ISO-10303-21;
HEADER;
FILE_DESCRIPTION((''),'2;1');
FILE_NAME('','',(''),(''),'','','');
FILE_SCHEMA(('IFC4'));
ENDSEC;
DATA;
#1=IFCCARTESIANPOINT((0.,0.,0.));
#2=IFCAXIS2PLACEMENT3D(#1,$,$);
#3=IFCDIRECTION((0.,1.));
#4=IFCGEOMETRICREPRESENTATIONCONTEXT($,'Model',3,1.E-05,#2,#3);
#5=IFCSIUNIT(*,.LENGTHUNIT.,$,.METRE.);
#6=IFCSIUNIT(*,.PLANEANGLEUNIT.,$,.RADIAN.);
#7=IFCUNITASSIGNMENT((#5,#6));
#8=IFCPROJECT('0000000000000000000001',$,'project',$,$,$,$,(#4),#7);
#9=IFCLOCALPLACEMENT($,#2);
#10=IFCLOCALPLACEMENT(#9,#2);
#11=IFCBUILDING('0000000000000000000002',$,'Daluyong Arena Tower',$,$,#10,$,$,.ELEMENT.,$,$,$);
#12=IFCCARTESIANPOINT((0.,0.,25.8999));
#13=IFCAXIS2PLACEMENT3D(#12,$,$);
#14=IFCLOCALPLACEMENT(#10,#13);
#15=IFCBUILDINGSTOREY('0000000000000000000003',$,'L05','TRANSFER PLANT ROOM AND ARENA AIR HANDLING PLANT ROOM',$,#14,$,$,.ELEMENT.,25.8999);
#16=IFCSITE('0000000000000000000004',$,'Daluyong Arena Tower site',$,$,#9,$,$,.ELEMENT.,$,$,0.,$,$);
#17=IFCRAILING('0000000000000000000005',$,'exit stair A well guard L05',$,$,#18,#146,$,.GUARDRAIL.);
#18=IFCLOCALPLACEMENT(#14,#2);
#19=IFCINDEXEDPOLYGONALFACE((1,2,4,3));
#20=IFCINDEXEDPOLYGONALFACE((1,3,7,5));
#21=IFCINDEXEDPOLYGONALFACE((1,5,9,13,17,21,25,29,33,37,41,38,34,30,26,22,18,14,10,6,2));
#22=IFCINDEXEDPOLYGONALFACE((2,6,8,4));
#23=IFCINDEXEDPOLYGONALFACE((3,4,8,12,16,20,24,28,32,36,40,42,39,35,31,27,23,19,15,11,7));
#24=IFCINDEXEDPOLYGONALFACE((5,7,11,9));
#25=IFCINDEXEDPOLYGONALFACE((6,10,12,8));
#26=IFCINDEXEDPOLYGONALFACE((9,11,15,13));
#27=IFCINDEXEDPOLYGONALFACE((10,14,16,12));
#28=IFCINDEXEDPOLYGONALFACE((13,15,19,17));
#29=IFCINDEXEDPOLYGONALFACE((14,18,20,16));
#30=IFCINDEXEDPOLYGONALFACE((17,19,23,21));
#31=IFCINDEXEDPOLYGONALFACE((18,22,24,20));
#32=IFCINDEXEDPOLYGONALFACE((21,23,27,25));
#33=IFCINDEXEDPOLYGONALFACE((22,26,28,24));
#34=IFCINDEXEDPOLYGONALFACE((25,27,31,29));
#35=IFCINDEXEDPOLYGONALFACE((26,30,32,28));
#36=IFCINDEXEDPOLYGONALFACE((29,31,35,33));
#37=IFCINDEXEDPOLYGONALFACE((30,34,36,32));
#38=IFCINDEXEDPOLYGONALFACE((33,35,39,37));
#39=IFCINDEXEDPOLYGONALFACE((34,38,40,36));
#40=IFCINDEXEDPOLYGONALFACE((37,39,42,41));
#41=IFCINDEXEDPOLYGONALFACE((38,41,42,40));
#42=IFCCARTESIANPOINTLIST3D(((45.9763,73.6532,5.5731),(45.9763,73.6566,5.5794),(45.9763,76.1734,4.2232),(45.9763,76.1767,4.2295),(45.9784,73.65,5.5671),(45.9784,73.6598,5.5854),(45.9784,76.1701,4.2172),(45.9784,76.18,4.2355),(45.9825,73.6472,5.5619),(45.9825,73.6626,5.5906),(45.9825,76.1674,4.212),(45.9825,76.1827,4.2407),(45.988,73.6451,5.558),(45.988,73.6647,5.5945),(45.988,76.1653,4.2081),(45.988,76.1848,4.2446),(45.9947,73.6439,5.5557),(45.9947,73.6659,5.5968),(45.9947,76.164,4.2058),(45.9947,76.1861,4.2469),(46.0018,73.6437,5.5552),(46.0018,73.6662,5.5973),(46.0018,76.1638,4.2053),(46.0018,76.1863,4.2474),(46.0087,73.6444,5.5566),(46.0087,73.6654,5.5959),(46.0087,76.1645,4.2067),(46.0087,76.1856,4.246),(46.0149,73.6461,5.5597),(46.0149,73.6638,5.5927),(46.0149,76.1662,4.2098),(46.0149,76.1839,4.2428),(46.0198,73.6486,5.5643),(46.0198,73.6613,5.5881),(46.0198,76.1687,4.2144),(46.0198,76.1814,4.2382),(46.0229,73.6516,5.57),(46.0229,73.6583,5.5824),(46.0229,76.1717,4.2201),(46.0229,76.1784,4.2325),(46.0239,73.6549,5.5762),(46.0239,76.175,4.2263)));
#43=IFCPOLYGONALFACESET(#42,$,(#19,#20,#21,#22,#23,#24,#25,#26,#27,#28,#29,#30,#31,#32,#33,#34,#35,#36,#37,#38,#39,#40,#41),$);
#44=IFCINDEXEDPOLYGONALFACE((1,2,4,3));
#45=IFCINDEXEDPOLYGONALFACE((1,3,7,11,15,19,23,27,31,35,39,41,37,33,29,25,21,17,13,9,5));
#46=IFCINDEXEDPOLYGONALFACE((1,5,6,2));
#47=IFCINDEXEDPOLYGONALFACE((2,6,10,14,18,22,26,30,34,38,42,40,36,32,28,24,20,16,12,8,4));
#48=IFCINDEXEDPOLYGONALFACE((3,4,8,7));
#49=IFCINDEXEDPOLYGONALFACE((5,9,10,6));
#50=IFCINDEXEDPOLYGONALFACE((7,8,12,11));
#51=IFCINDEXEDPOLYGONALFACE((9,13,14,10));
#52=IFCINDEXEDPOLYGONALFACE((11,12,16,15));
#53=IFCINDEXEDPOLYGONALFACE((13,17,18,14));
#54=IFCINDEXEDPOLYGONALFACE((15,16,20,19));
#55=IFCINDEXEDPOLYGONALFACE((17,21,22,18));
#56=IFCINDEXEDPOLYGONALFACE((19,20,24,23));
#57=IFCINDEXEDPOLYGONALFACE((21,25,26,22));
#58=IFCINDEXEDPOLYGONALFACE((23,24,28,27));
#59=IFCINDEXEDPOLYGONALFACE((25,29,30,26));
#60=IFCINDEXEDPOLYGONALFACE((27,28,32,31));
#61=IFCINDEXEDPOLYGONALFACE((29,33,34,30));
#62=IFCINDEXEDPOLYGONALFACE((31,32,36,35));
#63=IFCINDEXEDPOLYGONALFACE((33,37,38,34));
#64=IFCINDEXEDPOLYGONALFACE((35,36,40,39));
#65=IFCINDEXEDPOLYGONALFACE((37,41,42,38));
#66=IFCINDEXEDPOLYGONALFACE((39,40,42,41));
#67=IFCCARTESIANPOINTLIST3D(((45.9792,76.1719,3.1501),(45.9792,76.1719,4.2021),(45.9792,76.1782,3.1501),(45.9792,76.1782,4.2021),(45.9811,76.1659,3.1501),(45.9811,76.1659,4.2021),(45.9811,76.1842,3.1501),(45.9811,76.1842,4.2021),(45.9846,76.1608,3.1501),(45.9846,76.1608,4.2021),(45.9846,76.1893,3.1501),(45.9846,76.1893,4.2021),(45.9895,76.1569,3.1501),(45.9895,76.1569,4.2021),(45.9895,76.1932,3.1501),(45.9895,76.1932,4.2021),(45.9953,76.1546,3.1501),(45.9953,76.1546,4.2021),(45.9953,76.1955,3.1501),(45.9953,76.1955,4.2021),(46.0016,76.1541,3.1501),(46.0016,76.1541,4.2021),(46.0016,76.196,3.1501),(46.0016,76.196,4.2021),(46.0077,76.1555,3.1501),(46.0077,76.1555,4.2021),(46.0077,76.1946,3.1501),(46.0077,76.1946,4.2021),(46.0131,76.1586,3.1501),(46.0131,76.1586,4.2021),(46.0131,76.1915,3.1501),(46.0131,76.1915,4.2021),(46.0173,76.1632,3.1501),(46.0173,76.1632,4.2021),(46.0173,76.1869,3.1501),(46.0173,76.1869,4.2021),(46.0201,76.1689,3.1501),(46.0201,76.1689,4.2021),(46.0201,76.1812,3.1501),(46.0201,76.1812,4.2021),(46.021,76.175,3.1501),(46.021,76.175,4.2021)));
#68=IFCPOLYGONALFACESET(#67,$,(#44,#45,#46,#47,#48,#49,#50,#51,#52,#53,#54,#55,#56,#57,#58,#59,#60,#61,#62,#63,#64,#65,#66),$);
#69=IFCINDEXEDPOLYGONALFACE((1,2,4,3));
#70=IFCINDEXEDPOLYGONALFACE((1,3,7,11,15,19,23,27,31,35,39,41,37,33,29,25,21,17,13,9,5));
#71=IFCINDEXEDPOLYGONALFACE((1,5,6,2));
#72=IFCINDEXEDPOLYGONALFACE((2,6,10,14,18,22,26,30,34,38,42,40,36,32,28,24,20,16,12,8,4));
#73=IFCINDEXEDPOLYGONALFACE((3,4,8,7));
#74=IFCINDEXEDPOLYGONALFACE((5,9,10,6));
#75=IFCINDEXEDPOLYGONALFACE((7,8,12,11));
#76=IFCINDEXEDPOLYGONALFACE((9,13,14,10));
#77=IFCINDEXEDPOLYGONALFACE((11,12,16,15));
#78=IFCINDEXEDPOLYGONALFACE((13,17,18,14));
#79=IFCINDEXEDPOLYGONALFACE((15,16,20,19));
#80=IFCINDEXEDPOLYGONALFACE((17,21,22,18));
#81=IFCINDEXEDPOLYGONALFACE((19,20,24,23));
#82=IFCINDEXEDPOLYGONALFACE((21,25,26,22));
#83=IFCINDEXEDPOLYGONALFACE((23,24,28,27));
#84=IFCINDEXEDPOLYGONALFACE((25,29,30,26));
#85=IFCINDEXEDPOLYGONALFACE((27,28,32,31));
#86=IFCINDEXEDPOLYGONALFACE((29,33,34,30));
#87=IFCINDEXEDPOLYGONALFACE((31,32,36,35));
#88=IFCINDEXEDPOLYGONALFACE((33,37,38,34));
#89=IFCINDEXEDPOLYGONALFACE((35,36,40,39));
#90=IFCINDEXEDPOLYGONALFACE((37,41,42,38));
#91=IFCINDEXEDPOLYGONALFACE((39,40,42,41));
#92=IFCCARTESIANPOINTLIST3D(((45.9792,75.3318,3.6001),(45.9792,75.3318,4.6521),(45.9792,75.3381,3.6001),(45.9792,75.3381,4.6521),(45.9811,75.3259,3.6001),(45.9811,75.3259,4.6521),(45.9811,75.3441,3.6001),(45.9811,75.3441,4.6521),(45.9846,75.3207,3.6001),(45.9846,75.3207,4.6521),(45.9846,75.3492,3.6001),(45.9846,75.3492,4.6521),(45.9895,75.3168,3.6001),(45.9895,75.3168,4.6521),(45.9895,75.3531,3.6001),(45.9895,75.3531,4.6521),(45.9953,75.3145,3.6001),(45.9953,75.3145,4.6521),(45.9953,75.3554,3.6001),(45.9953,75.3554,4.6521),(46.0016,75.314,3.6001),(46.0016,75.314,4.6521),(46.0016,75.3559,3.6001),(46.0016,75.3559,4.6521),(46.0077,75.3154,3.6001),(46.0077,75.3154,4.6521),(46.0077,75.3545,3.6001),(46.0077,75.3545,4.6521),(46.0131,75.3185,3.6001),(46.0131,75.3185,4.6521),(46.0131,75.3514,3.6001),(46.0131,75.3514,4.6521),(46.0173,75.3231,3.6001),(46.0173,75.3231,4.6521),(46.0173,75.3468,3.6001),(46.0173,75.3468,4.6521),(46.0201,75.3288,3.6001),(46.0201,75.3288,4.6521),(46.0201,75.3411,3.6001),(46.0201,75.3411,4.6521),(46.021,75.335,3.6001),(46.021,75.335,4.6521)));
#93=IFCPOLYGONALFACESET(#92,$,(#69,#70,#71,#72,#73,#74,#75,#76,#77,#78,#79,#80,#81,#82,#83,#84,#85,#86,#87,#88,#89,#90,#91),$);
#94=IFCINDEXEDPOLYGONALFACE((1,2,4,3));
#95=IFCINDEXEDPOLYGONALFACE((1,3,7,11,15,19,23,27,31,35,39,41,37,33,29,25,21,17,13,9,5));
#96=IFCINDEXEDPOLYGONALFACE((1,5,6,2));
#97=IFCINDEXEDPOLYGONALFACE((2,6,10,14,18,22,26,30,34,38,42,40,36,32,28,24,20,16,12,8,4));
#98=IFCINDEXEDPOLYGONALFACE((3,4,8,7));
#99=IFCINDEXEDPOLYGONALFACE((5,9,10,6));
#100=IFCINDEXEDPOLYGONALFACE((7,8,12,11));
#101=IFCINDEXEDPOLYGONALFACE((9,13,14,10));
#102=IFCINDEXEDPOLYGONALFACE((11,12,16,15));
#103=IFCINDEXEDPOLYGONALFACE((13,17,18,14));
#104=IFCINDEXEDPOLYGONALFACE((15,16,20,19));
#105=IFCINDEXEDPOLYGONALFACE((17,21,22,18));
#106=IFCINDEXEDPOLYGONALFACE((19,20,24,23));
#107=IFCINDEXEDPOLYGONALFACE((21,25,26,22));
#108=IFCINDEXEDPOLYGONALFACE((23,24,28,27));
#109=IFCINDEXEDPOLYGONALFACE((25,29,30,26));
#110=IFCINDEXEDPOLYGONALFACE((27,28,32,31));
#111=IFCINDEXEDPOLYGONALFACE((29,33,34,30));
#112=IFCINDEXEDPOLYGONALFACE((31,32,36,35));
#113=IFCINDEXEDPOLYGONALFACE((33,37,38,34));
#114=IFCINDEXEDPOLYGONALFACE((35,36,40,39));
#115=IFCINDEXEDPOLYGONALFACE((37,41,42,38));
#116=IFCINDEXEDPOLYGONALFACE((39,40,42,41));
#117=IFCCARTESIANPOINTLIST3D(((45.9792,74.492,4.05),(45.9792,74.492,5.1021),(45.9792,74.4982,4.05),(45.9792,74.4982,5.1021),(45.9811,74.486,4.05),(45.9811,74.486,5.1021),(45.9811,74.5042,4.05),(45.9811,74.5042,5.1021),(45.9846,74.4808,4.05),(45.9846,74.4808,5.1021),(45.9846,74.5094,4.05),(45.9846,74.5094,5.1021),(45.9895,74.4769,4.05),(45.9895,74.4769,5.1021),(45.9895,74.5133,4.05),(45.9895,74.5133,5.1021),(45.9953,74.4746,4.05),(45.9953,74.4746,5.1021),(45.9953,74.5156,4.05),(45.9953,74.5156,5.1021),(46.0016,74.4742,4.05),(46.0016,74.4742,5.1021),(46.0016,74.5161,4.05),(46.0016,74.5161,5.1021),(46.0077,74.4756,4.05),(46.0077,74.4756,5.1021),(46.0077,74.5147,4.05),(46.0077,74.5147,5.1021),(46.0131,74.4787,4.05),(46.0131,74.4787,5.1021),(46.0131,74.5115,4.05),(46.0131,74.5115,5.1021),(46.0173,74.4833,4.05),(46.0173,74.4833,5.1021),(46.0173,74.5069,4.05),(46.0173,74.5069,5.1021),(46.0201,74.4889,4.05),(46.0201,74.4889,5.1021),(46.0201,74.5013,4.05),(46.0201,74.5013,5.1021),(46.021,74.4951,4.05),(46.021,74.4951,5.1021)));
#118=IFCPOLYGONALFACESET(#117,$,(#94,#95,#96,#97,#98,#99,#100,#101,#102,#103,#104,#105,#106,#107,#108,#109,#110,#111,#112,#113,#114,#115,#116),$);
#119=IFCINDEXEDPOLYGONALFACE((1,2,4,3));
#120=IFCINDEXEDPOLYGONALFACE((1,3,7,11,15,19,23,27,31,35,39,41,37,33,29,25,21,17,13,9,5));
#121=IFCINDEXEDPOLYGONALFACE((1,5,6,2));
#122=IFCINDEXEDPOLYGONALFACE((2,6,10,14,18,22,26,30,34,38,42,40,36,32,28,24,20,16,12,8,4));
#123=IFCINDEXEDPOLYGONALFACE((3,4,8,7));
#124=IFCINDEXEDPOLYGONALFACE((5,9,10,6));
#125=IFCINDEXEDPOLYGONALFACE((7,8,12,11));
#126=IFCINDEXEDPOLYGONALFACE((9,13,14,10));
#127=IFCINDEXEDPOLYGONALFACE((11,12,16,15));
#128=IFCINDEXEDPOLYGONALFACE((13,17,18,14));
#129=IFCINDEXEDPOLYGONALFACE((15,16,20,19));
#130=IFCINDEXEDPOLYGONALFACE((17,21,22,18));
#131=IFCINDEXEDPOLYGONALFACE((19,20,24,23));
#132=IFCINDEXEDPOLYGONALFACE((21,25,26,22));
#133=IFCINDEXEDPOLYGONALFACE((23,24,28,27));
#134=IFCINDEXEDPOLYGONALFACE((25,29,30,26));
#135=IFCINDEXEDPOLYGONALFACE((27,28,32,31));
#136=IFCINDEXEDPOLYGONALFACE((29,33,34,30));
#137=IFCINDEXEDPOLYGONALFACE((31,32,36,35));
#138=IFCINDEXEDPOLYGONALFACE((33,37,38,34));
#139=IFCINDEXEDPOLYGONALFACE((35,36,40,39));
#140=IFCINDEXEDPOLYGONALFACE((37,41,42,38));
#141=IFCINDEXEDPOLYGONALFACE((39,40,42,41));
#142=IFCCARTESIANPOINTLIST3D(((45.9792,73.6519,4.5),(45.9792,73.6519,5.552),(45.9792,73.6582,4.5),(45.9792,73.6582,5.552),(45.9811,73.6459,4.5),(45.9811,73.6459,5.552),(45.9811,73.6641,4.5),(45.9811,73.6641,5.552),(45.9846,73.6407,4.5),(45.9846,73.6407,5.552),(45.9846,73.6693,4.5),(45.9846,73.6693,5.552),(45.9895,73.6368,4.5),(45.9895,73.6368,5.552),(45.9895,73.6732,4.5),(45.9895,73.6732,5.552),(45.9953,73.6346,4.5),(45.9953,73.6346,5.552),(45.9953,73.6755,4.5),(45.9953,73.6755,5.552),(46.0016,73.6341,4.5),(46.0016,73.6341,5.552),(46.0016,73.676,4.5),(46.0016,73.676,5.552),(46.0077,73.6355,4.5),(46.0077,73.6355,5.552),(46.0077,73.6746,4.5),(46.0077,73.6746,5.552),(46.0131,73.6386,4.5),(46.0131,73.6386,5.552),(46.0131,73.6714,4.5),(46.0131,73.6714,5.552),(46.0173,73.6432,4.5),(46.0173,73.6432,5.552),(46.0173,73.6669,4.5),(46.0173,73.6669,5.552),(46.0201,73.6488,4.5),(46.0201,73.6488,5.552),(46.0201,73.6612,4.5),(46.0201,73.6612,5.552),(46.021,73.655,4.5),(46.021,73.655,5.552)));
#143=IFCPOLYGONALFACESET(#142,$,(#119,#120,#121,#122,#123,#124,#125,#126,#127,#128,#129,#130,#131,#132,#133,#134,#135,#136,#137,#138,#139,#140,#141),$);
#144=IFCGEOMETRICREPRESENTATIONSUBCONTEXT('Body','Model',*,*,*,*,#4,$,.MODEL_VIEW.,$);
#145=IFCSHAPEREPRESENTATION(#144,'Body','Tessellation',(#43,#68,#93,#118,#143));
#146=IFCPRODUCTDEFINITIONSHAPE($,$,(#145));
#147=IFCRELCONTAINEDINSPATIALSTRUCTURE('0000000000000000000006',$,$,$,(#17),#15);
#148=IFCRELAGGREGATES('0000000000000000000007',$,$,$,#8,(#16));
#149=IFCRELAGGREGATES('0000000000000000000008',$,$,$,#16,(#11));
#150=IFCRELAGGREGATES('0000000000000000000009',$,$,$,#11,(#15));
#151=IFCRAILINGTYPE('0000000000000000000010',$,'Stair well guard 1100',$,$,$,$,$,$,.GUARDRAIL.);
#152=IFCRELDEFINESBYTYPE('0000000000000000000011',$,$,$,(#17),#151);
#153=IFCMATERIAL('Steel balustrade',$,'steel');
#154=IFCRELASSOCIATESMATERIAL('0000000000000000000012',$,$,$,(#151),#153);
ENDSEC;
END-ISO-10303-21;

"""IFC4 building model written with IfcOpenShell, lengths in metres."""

from ifc_helpers import new_model, si_unit, direction, frame, origin, origin_2d, place, context, subcontext, project, spatial, circle, extrude, material, type_object, element, save


model = new_model("IFC4")

# Units and contexts
model_context = context("Model", 3, precision=1e-05, world=origin(), true_north=direction((0.0, 1.0)))
body_context = subcontext(model_context, "Body", "Model", "MODEL_VIEW")
ifc_project = project(units=[si_unit("LENGTHUNIT", "METRE"), si_unit("PLANEANGLEUNIT", "RADIAN")], contexts=[model_context])

# Site, building, storey
site_placement = place(None, origin())
site = spatial("IfcSite", under=ifc_project, at=site_placement, Name="Daluyong Arena Tower site", CompositionType="ELEMENT", RefElevation=0.0)
building_placement = place(site_placement, origin())
building = spatial("IfcBuilding", under=site, at=building_placement, Name="Daluyong Arena Tower", CompositionType="ELEMENT")
storey_placement = place(building_placement, frame((0.0, 0.0, 25.8999)))
storey = spatial("IfcBuildingStorey", under=building, at=storey_placement, Name="L05", Description="TRANSFER PLANT ROOM AND ARENA AIR HANDLING PLANT ROOM", CompositionType="ELEMENT", Elevation=25.8999)

# Railing
ifc_material_1 = material(Name="Steel balustrade", Category="steel")
railing_type_1 = type_object("IfcRailingType", Name="Stair well guard 1100", PredefinedType="GUARDRAIL", material=ifc_material_1)
railing_1_placement = place(storey_placement, frame((46.0, 76.175, 3.1501)))
element("IfcRailing", 1, at=railing_1_placement, inside=storey, type_object=railing_type_1, Name="exit stair A well guard L05", PredefinedType="GUARDRAIL", context=body_context, shape_type="SweptSolid", body=[
    extrude(circle(Radius=0.0239, at=origin_2d()), frame((0.0, 0.0, 1.0762), z_axis=(0.0, -0.881503, 0.472179), x_axis=(1.0, 0.0, 0.0)), (0.0, 0.0, 1.0), 2.8589),
    extrude(circle(Radius=0.021, at=origin_2d()), origin(), (0.0, 0.0, 1.0), 1.052),
    extrude(circle(Radius=0.021, at=origin_2d()), frame((0.0, -0.8401, 0.45)), (0.0, 0.0, 1.0), 1.052),
    extrude(circle(Radius=0.021, at=origin_2d()), frame((0.0, -1.6799, 0.8999)), (0.0, 0.0, 1.0), 1.052),
    extrude(circle(Radius=0.021, at=origin_2d()), frame((0.0, -2.52, 1.3499)), (0.0, 0.0, 1.0), 1.052),
])

save(model, "model.ifc")
